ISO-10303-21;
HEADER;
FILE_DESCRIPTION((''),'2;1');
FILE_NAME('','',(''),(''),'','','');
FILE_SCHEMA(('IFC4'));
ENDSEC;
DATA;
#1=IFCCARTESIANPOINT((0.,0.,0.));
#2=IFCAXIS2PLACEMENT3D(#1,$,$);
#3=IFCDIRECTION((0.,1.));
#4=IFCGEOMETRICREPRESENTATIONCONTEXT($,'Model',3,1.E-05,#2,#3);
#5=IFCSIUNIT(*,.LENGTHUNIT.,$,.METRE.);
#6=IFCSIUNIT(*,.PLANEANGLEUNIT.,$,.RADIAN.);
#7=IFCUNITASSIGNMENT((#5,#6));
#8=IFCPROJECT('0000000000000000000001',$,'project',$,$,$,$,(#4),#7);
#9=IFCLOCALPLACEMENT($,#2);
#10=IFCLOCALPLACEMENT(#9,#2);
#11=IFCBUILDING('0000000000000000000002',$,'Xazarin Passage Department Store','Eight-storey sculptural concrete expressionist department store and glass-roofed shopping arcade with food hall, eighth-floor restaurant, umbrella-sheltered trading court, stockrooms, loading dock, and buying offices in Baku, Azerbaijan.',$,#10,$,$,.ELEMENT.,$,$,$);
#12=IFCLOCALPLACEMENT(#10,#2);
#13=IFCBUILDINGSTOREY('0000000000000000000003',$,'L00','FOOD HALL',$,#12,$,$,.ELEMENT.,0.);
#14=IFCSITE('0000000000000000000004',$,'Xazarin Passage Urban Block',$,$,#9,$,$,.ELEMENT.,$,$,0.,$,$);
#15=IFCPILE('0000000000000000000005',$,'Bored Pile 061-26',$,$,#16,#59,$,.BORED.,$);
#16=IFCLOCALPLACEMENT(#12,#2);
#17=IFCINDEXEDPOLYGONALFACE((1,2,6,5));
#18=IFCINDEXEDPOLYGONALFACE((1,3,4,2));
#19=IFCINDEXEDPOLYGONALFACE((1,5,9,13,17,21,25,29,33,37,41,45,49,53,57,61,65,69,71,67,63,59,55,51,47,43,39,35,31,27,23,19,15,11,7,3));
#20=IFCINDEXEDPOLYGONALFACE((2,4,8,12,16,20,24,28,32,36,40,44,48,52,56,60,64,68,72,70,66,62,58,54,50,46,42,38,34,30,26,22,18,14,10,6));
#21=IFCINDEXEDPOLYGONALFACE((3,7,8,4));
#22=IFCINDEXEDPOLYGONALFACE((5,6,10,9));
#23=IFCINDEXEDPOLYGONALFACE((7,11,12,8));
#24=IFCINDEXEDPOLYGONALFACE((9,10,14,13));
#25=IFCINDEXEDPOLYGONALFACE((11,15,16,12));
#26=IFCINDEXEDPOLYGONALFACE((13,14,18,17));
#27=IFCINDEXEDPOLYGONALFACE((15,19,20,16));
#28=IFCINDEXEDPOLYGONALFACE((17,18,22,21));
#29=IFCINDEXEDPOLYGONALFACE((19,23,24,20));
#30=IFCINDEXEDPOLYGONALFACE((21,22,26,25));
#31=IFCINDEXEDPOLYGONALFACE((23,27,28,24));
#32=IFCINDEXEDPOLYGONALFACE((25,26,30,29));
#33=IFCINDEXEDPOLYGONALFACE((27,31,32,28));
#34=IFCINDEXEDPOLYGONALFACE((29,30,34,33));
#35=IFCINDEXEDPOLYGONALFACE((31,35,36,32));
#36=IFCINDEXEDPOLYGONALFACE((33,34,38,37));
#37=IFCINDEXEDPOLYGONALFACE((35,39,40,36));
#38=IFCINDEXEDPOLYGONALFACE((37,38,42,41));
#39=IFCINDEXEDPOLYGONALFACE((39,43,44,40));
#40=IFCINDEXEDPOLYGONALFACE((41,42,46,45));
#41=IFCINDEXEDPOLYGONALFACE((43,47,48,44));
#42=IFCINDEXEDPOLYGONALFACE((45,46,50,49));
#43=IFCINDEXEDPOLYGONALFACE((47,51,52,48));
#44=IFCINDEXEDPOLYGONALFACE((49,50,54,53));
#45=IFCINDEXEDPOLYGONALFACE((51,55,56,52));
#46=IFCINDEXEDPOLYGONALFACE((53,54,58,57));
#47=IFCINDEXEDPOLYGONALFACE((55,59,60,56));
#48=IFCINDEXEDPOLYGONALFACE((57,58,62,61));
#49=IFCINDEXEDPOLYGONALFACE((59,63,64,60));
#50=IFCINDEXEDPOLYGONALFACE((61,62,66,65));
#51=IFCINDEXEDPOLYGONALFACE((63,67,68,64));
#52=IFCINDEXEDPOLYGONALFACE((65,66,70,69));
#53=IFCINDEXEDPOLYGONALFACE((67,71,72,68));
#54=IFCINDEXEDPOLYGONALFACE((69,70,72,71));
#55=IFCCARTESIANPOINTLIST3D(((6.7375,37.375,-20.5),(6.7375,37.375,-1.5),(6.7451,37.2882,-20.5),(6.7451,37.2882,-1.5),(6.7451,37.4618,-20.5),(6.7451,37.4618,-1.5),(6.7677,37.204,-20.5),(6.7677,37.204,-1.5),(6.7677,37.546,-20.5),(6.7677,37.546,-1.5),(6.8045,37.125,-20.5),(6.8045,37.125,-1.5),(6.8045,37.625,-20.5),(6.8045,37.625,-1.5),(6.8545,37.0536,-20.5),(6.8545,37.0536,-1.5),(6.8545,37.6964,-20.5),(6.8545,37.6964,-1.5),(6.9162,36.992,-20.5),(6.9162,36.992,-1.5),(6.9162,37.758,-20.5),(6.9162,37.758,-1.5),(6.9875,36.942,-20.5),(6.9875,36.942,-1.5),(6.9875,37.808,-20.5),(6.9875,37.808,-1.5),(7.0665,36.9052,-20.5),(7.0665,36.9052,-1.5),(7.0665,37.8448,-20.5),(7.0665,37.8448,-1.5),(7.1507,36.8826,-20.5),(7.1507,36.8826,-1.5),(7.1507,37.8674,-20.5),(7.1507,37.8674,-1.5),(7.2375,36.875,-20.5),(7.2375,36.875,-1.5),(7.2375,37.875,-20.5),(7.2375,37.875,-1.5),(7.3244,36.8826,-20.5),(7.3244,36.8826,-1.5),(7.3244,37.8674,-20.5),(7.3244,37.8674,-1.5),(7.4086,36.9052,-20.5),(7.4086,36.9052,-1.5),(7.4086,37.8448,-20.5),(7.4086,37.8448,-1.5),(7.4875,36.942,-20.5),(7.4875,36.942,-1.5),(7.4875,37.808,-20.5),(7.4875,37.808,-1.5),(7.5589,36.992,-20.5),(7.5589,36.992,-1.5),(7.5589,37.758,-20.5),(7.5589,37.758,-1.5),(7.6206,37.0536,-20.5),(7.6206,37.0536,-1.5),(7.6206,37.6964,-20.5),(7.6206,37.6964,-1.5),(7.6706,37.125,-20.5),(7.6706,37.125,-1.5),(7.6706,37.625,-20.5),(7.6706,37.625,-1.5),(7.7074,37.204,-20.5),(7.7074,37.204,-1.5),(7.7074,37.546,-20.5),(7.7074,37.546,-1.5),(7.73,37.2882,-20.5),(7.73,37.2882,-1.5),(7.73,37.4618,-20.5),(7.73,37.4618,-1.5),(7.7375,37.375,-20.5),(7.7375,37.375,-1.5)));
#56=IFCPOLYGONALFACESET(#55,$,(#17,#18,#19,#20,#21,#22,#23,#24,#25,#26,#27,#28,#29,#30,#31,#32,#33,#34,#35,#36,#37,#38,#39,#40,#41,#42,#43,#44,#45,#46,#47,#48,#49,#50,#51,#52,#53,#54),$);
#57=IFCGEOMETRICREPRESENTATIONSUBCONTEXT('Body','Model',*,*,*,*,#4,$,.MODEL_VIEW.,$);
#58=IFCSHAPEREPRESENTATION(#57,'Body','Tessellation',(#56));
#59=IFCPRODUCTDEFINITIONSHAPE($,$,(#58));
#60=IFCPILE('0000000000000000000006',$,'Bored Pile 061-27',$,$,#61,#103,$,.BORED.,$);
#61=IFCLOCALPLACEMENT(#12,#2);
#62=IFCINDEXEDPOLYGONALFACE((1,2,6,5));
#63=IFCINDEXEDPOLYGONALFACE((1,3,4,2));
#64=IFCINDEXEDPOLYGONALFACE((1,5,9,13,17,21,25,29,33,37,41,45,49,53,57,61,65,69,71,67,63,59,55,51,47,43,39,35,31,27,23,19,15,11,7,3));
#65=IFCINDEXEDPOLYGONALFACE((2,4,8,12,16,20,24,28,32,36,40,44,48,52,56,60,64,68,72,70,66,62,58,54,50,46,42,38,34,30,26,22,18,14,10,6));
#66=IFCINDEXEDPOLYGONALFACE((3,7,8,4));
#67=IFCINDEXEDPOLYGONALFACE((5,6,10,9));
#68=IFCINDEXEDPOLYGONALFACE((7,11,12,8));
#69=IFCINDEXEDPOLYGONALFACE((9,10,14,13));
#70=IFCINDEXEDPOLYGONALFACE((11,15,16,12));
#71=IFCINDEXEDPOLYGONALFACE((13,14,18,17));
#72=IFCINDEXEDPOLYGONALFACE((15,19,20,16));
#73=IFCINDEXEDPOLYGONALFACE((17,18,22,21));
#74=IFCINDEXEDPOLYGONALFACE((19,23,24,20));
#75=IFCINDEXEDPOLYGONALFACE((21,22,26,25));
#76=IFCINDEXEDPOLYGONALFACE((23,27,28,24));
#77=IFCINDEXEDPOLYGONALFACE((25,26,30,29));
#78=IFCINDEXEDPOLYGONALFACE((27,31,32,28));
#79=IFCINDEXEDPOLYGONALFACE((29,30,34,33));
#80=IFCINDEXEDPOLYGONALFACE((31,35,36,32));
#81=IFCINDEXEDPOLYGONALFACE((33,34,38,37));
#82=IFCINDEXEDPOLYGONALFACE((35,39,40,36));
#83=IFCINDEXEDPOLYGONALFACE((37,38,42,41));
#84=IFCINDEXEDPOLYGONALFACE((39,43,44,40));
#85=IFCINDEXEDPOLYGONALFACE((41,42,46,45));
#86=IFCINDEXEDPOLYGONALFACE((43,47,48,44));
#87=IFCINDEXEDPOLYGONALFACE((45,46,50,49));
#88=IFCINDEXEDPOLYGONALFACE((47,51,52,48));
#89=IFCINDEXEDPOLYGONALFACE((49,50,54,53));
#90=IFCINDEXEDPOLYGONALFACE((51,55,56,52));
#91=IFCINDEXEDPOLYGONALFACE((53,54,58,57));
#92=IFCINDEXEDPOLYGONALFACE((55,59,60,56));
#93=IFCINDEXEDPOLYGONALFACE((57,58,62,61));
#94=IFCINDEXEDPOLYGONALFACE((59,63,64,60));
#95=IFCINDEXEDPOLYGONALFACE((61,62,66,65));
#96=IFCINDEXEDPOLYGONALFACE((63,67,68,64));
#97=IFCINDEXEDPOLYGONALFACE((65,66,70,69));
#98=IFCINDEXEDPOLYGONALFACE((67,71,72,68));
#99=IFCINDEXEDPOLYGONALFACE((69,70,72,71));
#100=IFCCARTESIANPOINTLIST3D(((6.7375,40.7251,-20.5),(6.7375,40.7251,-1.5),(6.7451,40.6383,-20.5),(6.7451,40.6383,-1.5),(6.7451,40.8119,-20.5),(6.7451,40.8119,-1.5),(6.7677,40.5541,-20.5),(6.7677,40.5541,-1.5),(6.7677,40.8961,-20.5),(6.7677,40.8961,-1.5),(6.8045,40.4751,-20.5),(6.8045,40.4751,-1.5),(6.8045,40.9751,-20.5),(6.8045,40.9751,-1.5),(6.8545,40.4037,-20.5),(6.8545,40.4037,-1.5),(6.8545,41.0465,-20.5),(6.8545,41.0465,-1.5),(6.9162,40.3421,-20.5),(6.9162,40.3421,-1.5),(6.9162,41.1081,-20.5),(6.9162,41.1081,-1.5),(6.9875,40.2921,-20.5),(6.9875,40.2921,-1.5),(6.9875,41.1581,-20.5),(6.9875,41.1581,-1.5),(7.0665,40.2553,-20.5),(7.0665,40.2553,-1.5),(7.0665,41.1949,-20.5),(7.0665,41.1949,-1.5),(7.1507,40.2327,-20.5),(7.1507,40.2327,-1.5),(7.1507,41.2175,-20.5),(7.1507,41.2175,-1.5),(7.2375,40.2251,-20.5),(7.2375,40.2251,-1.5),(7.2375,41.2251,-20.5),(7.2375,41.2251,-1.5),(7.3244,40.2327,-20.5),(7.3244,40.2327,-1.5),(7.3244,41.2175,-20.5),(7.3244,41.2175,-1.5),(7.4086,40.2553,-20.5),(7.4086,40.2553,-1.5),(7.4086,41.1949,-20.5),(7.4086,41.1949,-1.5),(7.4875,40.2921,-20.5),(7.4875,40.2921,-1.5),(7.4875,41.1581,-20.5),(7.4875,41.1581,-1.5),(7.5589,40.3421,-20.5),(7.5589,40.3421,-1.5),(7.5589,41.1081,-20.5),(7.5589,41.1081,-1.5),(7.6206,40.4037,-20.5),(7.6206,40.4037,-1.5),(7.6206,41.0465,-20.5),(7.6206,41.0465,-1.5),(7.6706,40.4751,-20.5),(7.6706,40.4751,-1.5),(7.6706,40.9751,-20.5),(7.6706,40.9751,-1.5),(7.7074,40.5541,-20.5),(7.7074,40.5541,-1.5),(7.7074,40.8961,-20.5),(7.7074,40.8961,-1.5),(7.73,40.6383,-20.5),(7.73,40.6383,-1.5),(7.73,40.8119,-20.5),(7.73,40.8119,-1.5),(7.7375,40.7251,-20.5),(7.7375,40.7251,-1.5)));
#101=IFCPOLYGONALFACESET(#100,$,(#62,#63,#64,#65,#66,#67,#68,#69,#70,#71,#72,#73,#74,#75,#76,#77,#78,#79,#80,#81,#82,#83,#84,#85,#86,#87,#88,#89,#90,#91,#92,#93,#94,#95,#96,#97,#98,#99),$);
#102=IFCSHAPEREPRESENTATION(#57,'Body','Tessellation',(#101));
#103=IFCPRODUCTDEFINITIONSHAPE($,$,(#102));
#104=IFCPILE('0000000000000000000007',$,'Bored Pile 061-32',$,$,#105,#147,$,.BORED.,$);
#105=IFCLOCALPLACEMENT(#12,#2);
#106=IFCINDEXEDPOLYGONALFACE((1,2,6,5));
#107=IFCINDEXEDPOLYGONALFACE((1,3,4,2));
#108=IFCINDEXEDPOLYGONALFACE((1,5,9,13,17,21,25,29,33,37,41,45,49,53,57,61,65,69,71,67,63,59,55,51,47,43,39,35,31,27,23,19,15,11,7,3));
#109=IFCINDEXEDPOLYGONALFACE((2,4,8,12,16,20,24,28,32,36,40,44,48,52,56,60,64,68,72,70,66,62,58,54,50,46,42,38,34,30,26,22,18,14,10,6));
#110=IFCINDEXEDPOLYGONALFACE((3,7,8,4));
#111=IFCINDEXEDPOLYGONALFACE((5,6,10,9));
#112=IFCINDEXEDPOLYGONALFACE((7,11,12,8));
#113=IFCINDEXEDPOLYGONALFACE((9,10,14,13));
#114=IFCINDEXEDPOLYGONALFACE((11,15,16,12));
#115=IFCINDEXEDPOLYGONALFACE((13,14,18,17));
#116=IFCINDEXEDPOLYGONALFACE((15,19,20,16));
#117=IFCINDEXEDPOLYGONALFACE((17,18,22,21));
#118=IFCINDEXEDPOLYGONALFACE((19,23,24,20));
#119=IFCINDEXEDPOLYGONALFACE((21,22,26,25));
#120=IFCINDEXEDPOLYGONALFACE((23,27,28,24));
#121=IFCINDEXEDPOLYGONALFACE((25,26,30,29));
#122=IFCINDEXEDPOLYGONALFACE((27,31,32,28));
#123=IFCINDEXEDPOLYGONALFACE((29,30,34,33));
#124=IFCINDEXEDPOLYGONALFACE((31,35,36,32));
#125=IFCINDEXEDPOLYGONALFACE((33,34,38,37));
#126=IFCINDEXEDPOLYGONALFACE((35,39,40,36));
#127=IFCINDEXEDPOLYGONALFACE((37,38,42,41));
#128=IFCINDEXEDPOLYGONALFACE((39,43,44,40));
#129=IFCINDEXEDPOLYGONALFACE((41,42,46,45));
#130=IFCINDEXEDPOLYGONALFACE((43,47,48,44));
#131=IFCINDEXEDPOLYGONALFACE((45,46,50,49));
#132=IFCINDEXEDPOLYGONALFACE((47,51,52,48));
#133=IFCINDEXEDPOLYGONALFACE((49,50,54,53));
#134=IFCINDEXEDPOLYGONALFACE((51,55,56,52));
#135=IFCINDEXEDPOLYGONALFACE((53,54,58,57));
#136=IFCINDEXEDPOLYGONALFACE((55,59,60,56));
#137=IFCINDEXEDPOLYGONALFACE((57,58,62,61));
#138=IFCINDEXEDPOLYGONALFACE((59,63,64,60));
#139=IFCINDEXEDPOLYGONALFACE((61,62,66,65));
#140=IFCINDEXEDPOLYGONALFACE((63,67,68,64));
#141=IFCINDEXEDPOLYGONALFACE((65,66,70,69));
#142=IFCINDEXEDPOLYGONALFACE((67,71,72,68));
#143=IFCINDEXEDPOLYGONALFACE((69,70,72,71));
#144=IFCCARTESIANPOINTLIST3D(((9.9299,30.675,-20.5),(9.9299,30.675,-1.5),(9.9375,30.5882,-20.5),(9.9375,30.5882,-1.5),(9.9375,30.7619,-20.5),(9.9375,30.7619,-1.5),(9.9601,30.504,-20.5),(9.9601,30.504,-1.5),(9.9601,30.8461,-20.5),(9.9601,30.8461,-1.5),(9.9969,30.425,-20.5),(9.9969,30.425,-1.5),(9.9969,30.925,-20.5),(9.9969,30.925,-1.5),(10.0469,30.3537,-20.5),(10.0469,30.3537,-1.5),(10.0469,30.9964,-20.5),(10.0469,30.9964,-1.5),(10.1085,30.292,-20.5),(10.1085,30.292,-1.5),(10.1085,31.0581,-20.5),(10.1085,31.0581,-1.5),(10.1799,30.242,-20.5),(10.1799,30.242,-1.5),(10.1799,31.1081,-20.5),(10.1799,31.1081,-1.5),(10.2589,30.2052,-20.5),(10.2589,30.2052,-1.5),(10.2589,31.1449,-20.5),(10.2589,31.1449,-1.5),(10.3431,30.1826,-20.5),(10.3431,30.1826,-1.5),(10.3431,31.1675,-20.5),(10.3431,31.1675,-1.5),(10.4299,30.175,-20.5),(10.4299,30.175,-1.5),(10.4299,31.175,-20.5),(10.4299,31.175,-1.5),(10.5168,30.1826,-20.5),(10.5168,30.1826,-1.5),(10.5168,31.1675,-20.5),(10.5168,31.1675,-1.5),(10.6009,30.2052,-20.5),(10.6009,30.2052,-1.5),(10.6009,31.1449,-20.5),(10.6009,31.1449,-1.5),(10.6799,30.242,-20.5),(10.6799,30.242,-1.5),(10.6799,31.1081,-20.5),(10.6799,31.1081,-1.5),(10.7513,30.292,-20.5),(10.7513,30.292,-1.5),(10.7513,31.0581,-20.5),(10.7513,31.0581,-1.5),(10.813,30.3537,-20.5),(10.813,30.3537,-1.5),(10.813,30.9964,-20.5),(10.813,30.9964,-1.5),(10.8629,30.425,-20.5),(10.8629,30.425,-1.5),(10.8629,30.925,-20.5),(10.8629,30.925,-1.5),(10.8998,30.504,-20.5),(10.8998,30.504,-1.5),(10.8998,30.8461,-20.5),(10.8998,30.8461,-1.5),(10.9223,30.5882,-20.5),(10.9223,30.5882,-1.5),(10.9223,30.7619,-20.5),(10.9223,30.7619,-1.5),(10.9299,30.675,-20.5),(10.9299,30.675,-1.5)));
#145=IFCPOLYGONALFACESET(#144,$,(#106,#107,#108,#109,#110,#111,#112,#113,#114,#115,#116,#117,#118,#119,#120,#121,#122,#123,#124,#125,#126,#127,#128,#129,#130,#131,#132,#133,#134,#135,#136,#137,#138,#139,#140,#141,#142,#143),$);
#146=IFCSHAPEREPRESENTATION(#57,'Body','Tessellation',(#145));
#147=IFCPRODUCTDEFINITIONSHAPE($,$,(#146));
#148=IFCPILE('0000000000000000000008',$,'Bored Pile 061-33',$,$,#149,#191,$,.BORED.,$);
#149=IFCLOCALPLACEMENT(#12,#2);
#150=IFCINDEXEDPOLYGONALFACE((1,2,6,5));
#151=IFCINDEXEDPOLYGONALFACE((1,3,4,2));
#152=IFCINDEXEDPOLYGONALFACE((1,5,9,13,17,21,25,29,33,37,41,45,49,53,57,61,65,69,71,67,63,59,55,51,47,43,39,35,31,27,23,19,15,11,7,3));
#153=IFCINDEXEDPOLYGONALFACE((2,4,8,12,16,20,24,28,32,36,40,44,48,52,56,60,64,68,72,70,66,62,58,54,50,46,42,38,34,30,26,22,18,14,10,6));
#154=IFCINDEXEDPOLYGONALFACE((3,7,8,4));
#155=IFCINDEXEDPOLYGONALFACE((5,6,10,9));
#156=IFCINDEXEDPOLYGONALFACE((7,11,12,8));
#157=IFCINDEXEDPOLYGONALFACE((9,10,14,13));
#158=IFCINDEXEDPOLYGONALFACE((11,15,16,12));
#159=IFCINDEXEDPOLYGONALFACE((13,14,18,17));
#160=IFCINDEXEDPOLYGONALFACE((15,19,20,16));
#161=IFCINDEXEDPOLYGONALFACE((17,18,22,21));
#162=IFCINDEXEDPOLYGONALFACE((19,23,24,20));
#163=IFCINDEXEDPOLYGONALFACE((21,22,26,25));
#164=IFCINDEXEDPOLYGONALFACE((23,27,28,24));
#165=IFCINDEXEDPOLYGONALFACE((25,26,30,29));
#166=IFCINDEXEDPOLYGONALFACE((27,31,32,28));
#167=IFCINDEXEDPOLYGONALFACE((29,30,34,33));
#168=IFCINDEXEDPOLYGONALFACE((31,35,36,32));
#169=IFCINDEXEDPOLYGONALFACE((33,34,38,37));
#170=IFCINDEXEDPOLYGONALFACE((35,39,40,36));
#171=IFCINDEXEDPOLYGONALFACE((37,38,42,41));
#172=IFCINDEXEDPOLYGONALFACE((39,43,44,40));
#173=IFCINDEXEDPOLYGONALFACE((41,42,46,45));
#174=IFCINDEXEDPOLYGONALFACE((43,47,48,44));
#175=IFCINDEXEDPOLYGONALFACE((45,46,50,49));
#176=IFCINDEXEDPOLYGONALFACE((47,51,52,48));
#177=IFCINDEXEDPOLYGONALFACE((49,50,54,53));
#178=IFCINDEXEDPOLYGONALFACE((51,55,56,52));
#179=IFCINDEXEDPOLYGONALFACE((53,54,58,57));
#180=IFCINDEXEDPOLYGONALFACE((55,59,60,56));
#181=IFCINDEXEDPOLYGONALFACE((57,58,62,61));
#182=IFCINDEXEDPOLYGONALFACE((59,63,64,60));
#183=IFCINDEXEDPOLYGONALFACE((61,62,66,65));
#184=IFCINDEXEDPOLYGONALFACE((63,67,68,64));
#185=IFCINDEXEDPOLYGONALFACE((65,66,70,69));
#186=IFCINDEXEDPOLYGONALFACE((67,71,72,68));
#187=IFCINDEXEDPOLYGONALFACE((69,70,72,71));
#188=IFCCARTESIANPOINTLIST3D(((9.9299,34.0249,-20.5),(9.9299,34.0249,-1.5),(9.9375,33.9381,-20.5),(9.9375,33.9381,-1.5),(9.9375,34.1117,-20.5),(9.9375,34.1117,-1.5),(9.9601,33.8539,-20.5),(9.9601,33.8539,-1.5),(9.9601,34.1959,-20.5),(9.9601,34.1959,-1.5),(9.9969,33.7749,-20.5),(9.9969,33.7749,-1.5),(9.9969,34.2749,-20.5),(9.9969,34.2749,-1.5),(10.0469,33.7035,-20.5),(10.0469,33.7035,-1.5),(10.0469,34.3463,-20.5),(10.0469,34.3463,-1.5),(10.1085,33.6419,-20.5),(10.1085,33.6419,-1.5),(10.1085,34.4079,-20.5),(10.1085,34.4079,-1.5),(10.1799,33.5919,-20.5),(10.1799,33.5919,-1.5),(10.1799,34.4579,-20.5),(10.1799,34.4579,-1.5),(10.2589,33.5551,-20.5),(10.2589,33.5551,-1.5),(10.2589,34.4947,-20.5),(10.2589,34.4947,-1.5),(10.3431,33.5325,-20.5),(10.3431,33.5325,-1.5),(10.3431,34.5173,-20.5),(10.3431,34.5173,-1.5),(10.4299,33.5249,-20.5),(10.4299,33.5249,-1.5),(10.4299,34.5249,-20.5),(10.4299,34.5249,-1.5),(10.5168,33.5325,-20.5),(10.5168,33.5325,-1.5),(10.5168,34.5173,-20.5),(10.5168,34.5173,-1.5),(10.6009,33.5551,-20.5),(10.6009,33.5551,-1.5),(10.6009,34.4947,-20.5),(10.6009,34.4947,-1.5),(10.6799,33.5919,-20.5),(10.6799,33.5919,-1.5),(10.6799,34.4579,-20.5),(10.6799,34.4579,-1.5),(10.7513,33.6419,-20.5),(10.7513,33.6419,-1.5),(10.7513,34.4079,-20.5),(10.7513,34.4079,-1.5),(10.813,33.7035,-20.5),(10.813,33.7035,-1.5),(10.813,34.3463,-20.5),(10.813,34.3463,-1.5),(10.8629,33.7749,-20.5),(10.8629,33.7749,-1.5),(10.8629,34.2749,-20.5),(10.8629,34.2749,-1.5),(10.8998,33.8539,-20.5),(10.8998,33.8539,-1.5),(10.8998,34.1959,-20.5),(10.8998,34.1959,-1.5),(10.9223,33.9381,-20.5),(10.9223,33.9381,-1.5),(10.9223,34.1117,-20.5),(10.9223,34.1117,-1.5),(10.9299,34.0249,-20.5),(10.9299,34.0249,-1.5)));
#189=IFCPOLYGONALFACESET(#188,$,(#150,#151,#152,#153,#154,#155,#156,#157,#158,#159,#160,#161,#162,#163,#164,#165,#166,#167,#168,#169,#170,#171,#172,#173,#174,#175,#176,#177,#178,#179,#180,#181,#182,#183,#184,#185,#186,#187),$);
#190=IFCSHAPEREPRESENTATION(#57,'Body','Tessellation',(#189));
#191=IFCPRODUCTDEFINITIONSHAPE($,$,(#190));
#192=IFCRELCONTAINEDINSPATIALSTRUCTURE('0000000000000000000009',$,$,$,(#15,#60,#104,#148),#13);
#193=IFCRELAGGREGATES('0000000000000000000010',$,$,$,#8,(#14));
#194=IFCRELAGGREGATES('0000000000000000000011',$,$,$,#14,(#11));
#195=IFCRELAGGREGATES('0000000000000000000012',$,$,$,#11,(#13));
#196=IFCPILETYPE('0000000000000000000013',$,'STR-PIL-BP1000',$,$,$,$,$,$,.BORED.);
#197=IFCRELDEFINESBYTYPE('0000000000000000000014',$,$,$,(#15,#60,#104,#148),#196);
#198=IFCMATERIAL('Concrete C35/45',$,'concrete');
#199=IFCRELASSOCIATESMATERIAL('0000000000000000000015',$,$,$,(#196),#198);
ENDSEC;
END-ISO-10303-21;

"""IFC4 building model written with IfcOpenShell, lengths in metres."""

from ifc_helpers import new_model, si_unit, direction, frame, origin, origin_2d, place, context, subcontext, project, spatial, circle, extrude, material, material_profile, profile_set, type_object, element, save


model = new_model("IFC4")

# Units and contexts
model_context = context("Model", 3, precision=1e-05, world=origin(), true_north=direction((0.0, 1.0)))
body_context = subcontext(model_context, "Body", "Model", "MODEL_VIEW")
ifc_project = project(units=[si_unit("LENGTHUNIT", "METRE"), si_unit("PLANEANGLEUNIT", "RADIAN")], contexts=[model_context])

# Site, building, storey
site_placement = place(None, origin())
site = spatial("IfcSite", under=ifc_project, at=site_placement, Name="Xazarin Passage Urban Block", CompositionType="ELEMENT", RefElevation=0.0)
building_placement = place(site_placement, origin())
building = spatial("IfcBuilding", under=site, at=building_placement, Name="Xazarin Passage Department Store", Description="Eight-storey sculptural concrete expressionist department store and glass-roofed shopping arcade with food hall, eighth-floor restaurant, umbrella-sheltered trading court, stockrooms, loading dock, and buying offices in Baku, Azerbaijan.", CompositionType="ELEMENT")
storey_placement = place(building_placement, origin())
storey = spatial("IfcBuildingStorey", under=building, at=storey_placement, Name="L00", Description="FOOD HALL", CompositionType="ELEMENT", Elevation=0.0)

# Piles
ifc_material_1 = material(Name="Concrete C35/45", Category="concrete")
ifc_material_profile_1 = material_profile(ifc_material_1, circle(Radius=0.5, at=origin_2d()), Name="BP 1000")
ifc_profile_set_1 = profile_set([ifc_material_profile_1], Name="Concrete C35/45")
pile_type_1 = type_object("IfcPileType", Name="STR-PIL-BP1000", PredefinedType="BORED", material=ifc_profile_set_1)
for number, where, z_axis, x_axis, name in (
    (1, (7.2375, 37.375, -1.5), (0.0, 0.0, -1.0), (1.0, 0.0, 0.0), "Bored Pile 061-26"),
    (2, (7.2375, 40.7251, -1.5), (0.0, 0.0, -1.0), (1.0, 0.0, 0.0), "Bored Pile 061-27"),
    (3, (10.4299, 30.675, -1.5), (0.0, 0.0, -1.0), (1.0, 0.0, 0.0), "Bored Pile 061-32"),
    (4, (10.4299, 34.0249, -1.5), (0.0, 0.0, -1.0), (1.0, 0.0, 0.0), "Bored Pile 061-33"),
):
    element("IfcPile", number, at=place(storey_placement, frame(where, z_axis=z_axis, x_axis=x_axis)), inside=storey, type_object=pile_type_1, Name=name, PredefinedType="BORED", context=body_context, shape_type="SweptSolid", body=[
        extrude(circle(Radius=0.5, at=origin_2d()), origin(), (0.0, 0.0, 1.0), 19.0),
    ])

save(model, "model.ifc")
